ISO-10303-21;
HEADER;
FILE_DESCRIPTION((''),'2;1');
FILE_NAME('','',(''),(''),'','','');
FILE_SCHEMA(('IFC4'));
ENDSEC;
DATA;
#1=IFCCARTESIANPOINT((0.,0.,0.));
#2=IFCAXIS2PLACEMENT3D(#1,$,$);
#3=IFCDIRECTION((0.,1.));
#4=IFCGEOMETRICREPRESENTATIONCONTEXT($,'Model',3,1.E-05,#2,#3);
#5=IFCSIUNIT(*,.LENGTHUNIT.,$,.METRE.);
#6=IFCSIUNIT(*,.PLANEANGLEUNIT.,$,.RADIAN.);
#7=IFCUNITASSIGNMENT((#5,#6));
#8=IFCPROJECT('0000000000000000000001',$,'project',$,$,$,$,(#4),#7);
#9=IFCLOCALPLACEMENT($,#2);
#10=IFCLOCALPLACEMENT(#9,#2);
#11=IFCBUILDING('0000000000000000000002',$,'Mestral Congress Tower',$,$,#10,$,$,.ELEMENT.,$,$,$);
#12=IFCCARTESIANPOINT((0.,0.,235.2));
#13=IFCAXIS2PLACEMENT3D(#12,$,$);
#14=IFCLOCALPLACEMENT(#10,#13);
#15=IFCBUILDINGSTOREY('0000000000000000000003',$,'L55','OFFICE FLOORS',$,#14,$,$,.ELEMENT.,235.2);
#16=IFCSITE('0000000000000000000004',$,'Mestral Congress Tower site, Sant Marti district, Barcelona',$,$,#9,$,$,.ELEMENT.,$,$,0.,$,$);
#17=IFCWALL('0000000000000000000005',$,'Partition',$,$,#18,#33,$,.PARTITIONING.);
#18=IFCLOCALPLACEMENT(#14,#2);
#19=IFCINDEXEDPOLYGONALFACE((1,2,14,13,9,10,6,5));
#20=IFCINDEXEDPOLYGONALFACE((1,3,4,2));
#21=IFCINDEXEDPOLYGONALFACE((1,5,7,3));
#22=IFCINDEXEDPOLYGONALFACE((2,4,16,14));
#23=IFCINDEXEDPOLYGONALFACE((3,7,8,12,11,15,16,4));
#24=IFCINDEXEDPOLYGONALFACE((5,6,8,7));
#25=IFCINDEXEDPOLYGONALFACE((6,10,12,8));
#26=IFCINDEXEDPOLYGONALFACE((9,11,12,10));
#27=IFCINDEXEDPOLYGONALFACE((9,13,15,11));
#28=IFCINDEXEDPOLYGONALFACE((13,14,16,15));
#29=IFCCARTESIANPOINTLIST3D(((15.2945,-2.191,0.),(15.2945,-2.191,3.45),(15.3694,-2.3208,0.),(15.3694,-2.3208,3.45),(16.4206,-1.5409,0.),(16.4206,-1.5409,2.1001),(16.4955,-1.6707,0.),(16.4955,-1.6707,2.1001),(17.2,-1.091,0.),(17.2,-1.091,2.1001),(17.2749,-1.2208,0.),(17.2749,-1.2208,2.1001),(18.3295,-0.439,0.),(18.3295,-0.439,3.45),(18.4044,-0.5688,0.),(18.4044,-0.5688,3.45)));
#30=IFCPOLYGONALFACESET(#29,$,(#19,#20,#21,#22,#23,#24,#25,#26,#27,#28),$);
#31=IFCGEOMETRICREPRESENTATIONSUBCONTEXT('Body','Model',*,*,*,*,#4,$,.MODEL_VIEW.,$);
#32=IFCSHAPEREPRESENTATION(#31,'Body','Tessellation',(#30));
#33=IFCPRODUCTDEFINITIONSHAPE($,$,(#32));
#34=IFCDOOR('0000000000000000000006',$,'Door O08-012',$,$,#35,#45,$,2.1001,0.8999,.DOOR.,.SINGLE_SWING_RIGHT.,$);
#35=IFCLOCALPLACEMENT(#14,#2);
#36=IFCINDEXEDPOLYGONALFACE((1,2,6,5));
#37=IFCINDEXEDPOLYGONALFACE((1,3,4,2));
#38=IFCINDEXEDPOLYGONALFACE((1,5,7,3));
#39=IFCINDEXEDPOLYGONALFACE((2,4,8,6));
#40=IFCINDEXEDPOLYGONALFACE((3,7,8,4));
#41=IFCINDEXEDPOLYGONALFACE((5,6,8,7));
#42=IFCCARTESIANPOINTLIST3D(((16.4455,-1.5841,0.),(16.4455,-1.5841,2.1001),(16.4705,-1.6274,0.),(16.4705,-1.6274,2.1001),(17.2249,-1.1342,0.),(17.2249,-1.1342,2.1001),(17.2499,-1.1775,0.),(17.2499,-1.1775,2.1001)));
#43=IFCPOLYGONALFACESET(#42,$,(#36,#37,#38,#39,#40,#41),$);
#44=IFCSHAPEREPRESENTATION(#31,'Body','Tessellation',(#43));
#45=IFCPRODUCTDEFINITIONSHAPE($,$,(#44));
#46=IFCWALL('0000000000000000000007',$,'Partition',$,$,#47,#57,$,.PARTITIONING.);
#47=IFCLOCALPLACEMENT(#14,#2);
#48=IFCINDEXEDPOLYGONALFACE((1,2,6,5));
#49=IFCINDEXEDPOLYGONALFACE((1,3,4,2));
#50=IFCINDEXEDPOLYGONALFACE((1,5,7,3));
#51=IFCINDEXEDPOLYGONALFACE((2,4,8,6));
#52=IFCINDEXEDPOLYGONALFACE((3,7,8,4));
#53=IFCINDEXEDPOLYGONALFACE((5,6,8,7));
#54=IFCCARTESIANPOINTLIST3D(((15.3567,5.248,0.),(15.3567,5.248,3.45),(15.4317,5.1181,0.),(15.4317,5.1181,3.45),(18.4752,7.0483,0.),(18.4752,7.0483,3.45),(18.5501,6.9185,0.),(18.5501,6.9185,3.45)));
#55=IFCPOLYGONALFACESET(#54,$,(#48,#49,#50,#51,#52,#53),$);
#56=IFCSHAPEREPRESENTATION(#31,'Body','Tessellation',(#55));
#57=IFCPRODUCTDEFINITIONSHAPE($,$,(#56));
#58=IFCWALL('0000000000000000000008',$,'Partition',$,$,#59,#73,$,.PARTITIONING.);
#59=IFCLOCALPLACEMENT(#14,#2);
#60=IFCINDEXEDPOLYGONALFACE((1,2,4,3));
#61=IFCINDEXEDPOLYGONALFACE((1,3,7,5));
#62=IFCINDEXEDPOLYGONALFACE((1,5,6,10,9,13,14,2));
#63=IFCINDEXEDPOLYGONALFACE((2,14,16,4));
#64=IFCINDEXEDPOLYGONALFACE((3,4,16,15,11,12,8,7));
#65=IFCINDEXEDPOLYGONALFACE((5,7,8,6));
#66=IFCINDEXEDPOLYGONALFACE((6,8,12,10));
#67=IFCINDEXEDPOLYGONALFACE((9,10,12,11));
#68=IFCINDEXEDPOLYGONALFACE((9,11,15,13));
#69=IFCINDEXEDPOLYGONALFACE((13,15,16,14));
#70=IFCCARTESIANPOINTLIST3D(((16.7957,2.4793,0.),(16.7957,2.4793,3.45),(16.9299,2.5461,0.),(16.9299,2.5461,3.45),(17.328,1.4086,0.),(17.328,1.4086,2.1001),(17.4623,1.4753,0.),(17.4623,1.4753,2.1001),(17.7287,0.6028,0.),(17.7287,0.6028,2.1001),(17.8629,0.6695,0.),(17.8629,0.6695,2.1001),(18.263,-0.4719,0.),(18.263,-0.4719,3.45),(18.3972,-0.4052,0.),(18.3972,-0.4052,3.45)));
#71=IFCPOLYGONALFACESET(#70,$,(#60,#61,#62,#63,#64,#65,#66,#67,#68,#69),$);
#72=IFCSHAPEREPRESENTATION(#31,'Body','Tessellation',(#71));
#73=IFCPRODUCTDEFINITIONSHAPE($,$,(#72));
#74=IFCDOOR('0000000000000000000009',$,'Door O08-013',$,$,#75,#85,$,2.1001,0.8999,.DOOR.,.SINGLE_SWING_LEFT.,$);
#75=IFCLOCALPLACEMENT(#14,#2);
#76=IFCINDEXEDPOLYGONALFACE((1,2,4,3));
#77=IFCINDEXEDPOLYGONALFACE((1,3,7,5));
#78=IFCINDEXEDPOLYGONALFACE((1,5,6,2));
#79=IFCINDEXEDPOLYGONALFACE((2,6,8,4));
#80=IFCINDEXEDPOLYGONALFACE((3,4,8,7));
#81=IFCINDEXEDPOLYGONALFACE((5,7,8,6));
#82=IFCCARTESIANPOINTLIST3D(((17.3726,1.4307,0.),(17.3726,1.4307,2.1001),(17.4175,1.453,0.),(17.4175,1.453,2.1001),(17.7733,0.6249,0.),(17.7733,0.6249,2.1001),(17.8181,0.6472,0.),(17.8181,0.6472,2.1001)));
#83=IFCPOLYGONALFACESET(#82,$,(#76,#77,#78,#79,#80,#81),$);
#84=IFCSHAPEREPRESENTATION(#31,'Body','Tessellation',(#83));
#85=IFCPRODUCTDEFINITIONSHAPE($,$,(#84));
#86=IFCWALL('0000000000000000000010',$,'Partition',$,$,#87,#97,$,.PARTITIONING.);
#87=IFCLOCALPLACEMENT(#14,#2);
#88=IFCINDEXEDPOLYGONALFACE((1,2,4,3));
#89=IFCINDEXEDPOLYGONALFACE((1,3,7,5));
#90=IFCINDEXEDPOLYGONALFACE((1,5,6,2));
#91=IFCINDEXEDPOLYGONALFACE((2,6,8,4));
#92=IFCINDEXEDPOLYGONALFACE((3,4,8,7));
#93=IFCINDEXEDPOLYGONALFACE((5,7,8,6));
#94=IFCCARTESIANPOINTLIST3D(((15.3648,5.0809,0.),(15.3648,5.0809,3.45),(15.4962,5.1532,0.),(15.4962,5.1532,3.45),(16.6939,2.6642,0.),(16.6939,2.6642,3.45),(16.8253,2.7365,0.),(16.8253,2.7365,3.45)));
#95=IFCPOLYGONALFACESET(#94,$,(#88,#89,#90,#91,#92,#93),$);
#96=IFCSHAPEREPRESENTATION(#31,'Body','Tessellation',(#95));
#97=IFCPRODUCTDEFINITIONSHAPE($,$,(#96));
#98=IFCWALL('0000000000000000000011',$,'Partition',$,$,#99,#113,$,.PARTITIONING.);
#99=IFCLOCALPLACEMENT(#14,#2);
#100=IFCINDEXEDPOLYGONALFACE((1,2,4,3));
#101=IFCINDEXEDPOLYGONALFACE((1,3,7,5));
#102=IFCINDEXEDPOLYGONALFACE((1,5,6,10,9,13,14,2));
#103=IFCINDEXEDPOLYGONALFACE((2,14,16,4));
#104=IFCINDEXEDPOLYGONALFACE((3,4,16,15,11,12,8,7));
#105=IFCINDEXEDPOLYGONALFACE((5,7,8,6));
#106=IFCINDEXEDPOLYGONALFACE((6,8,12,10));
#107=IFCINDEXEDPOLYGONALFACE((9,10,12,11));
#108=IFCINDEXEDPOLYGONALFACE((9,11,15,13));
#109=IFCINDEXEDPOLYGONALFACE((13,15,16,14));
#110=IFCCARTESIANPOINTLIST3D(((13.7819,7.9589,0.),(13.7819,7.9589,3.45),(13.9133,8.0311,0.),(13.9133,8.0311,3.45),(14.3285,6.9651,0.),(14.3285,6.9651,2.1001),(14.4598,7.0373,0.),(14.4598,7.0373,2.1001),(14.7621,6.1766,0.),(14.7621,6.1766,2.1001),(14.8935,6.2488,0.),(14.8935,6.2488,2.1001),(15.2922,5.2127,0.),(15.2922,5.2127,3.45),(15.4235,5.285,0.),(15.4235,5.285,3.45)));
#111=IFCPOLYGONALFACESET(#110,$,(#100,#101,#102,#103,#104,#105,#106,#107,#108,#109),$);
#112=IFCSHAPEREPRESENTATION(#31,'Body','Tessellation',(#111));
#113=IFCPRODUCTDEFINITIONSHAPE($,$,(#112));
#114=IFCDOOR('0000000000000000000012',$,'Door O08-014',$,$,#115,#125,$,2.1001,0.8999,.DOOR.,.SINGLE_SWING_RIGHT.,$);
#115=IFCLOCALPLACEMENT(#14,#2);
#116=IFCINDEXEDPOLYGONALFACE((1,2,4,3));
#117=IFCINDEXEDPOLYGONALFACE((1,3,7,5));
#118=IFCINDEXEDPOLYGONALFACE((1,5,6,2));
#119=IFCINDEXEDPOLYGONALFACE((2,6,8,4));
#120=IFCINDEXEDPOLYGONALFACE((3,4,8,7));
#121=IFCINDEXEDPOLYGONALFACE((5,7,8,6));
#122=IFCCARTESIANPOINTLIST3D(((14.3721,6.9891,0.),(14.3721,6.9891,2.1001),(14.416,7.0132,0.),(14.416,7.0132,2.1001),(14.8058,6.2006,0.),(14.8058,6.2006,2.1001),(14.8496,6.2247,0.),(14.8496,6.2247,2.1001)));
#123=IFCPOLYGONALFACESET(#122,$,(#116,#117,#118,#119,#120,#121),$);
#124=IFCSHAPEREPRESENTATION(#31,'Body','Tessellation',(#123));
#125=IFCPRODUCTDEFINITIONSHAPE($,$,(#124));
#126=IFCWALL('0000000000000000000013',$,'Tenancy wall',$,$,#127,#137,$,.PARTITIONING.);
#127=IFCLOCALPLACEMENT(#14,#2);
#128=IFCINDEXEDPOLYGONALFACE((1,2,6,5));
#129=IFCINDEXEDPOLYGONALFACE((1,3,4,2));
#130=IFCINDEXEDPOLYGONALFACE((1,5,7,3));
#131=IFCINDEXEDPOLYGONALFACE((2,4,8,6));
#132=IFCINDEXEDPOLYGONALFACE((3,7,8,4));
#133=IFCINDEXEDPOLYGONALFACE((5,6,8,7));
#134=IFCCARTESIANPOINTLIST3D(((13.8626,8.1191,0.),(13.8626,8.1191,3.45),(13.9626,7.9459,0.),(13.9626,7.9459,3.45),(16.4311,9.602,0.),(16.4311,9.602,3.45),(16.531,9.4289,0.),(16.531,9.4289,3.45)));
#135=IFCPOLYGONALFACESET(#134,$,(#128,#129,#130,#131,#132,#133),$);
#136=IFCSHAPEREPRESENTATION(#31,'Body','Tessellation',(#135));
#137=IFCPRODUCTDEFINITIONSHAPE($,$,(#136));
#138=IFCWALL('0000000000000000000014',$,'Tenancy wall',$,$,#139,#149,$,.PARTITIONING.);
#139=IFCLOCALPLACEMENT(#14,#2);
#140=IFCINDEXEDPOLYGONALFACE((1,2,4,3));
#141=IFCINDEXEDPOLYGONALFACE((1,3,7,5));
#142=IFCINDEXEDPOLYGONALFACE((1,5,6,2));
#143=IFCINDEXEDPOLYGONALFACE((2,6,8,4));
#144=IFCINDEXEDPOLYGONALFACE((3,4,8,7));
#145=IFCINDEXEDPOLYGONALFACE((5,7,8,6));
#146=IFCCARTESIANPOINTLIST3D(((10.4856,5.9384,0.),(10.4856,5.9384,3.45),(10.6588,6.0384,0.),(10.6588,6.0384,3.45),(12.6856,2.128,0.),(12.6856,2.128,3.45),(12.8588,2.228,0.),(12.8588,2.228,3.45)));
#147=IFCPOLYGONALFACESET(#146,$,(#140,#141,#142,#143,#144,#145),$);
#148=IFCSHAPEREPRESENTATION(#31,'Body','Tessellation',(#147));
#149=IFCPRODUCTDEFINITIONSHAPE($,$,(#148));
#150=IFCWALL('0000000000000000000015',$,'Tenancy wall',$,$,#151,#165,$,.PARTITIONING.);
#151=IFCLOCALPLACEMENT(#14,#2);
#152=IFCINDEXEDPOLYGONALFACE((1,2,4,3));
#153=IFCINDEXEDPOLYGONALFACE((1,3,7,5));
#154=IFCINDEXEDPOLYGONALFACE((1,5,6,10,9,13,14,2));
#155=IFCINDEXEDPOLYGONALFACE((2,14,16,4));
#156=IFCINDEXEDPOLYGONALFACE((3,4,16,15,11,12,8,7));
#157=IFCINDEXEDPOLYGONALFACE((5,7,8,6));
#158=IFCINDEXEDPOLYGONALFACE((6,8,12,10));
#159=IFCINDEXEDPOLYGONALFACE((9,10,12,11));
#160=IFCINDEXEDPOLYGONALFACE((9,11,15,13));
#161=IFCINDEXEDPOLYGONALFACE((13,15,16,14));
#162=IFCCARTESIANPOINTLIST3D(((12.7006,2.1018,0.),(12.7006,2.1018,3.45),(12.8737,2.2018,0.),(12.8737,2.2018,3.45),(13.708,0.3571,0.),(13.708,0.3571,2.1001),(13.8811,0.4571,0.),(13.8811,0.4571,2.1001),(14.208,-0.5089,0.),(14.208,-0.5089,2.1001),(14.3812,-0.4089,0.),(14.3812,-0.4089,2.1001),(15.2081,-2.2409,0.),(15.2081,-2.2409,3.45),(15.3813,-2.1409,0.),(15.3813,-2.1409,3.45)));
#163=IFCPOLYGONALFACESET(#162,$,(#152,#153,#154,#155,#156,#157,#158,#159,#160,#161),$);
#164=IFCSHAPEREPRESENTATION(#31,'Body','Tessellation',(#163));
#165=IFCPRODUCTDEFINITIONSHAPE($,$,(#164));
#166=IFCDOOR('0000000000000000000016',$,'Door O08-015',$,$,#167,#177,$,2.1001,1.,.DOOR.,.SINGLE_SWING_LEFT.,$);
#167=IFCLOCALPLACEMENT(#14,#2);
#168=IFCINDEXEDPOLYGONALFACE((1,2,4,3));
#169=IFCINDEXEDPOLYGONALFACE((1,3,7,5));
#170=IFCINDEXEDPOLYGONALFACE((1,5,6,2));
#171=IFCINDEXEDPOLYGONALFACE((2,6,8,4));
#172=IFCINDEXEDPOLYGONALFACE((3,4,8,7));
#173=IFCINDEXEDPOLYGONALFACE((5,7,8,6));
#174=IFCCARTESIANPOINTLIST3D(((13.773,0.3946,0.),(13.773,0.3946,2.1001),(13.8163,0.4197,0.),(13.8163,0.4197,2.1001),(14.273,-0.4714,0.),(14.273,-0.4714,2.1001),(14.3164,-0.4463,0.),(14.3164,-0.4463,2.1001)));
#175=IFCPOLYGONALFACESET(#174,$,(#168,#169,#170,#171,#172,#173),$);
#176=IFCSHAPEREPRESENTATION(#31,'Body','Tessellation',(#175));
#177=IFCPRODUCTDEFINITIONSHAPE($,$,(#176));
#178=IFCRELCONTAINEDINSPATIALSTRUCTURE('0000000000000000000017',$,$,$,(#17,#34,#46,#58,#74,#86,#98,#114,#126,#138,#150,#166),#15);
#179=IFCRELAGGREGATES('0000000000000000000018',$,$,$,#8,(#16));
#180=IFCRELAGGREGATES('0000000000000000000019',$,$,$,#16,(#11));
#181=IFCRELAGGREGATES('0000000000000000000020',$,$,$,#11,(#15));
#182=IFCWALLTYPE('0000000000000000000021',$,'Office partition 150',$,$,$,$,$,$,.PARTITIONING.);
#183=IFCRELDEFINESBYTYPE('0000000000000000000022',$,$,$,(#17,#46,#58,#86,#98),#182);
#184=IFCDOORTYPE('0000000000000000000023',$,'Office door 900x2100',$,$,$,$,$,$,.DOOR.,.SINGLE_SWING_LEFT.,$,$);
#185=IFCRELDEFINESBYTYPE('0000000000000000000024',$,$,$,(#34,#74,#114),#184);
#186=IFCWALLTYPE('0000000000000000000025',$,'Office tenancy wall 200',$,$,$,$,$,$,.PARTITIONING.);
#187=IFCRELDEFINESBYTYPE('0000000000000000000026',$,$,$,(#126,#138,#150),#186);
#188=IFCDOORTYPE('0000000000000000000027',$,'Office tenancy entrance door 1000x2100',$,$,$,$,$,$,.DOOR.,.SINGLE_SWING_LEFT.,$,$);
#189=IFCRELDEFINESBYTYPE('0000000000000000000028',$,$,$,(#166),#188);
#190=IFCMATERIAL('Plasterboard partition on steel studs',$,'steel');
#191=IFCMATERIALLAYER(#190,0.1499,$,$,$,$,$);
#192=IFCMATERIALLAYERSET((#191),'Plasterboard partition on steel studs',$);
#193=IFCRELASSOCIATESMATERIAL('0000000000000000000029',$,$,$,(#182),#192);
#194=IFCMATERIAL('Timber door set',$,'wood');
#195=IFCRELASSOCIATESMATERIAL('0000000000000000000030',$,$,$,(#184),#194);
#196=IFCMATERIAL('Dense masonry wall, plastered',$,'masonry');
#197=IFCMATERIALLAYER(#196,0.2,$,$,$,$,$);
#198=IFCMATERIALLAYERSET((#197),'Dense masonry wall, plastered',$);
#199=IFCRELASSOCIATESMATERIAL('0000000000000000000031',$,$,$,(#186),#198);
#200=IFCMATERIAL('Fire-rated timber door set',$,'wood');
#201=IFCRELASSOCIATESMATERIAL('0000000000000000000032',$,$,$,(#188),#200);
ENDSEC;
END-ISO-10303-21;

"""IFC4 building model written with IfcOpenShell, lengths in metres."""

from ifc_helpers import new_model, si_unit, direction, frame, frame_2d, origin, place, context, subcontext, project, spatial, rectangle, extrude, material, layer, layer_set, type_object, element, fill, save


model = new_model("IFC4")

# Units and contexts
model_context = context("Model", 3, precision=1e-05, world=origin(), true_north=direction((0.0, 1.0)))
body_context = subcontext(model_context, "Body", "Model", "MODEL_VIEW")
ifc_project = project(units=[si_unit("LENGTHUNIT", "METRE"), si_unit("PLANEANGLEUNIT", "RADIAN")], contexts=[model_context])

# Site, building, storey
site_placement = place(None, origin())
site = spatial("IfcSite", under=ifc_project, at=site_placement, Name="Mestral Congress Tower site, Sant Marti district, Barcelona", CompositionType="ELEMENT", RefElevation=0.0)
building_placement = place(site_placement, origin())
building = spatial("IfcBuilding", under=site, at=building_placement, Name="Mestral Congress Tower", CompositionType="ELEMENT")
storey_placement = place(building_placement, frame((0.0, 0.0, 235.2)))
storey = spatial("IfcBuildingStorey", under=building, at=storey_placement, Name="L55", Description="OFFICE FLOORS", CompositionType="ELEMENT", Elevation=235.2)

# Shared definitions
ifc_material_1 = material(Name="Plasterboard partition on steel studs", Category="steel")
ifc_layer_1 = layer(ifc_material_1, 0.1499)
ifc_layer_set_1 = layer_set([ifc_layer_1], Name="Plasterboard partition on steel studs")
wall_type_1 = type_object("IfcWallType", Name="Office partition 150", PredefinedType="PARTITIONING", material=ifc_layer_set_1)

# Wall, opening, door
wall_1_placement = place(storey_placement, frame((18.3669, -0.5039, 0.0), z_axis=(0.0, 0.0, 1.0), x_axis=(-0.866057, -0.499946, 0.0)))
wall_1 = element("IfcWall", 1, at=wall_1_placement, inside=storey, type_object=wall_type_1, Name="Partition", PredefinedType="PARTITIONING", context=body_context, shape_type="SweptSolid", body=[
    extrude(rectangle(XDim=3.5044, YDim=0.1499, at=frame_2d((1.7522, 0.0))), origin(), (0.0, 0.0, 1.0), 3.45),
])
opening_1_placement = place(wall_1_placement, frame((1.3042, 0.0, 0.0)))
opening_1 = element("IfcOpeningElement", 2, at=opening_1_placement, cuts=wall_1, PredefinedType="OPENING", context=body_context, shape_type="SweptSolid", body=[
    extrude(rectangle(XDim=0.8999, YDim=2.1001, at=frame_2d((0.45, 1.05))), frame((0.0, 0.085, 0.0), z_axis=(0.0, -1.0, 0.0), x_axis=(1.0, 0.0, 0.0)), (0.0, 0.0, 1.0), 0.1699),
])
ifc_material_2 = material(Name="Timber door set", Category="wood")
door_type_1 = type_object("IfcDoorType", Name="Office door 900x2100", OperationType="SINGLE_SWING_LEFT", PredefinedType="DOOR", material=ifc_material_2)
door_1_placement = place(opening_1_placement, origin())
door_1 = element("IfcDoor", 3, at=door_1_placement, inside=storey, type_object=door_type_1, Name="Door O08-012", OperationType="SINGLE_SWING_RIGHT", OverallHeight=2.1001, OverallWidth=0.8999, PredefinedType="DOOR", context=body_context, shape_type="SweptSolid", body=[
    extrude(rectangle(XDim=0.8999, YDim=2.1001, at=frame_2d((0.45, 1.05))), frame((0.0, 0.0249, 0.0), z_axis=(0.0, -1.0, 0.0), x_axis=(1.0, 0.0, 0.0)), (0.0, 0.0, 1.0), 0.05),
])
fill(opening_1, door_1)

# Wall
wall_2_placement = place(storey_placement, frame((15.3943, 5.1831, 0.0), z_axis=(0.0, 0.0, 1.0), x_axis=(0.86604, 0.499975, 0.0)))
element("IfcWall", 4, at=wall_2_placement, inside=storey, type_object=wall_type_1, Name="Partition", PredefinedType="PARTITIONING", context=body_context, shape_type="SweptSolid", body=[
    extrude(rectangle(XDim=3.6008, YDim=0.1499, at=frame_2d((1.8003, 0.0))), origin(), (0.0, 0.0, 1.0), 3.45),
])

# Wall, opening, door
wall_3_placement = place(storey_placement, frame((16.8628, 2.5127, 0.0), z_axis=(0.0, 0.0, 1.0), x_axis=(0.445198, -0.895432, 0.0)))
wall_3 = element("IfcWall", 5, at=wall_3_placement, inside=storey, type_object=wall_type_1, Name="Partition", PredefinedType="PARTITIONING", context=body_context, shape_type="SweptSolid", body=[
    extrude(rectangle(XDim=3.2959, YDim=0.1499, at=frame_2d((1.6479, 0.0))), origin(), (0.0, 0.0, 1.0), 3.45),
])
opening_2_placement = place(wall_3_placement, frame((1.1958, 0.0, 0.0)))
opening_2 = element("IfcOpeningElement", 6, at=opening_2_placement, cuts=wall_3, PredefinedType="OPENING", context=body_context, shape_type="SweptSolid", body=[
    extrude(rectangle(XDim=0.8999, YDim=2.1001, at=frame_2d((0.45, 1.05))), frame((0.0, 0.085, 0.0), z_axis=(0.0, -1.0, 0.0), x_axis=(1.0, 0.0, 0.0)), (0.0, 0.0, 1.0), 0.1699),
])
door_2_placement = place(opening_2_placement, origin())
door_2 = element("IfcDoor", 7, at=door_2_placement, inside=storey, type_object=door_type_1, Name="Door O08-013", OperationType="SINGLE_SWING_LEFT", OverallHeight=2.1001, OverallWidth=0.8999, PredefinedType="DOOR", context=body_context, shape_type="SweptSolid", body=[
    extrude(rectangle(XDim=0.8999, YDim=2.1001, at=frame_2d((0.45, 1.05))), frame((0.0, 0.0249, 0.0), z_axis=(0.0, -1.0, 0.0), x_axis=(1.0, 0.0, 0.0)), (0.0, 0.0, 1.0), 0.05),
])
fill(opening_2, door_2)

# Wall
wall_4_placement = place(storey_placement, frame((16.7595, 2.7004, 0.0), z_axis=(0.0, 0.0, 1.0), x_axis=(-0.481888, 0.876233, 0.0)))
element("IfcWall", 8, at=wall_4_placement, inside=storey, type_object=wall_type_1, Name="Partition", PredefinedType="PARTITIONING", context=body_context, shape_type="SweptSolid", body=[
    extrude(rectangle(XDim=2.7581, YDim=0.1499, at=frame_2d((1.3789, 0.0))), origin(), (0.0, 0.0, 1.0), 3.45),
])

# Wall, opening, door
wall_5_placement = place(storey_placement, frame((13.8477, 7.9949, 0.0), z_axis=(0.0, 0.0, 1.0), x_axis=(0.481895, -0.876229, 0.0)))
wall_5 = element("IfcWall", 9, at=wall_5_placement, inside=storey, type_object=wall_type_1, Name="Partition", PredefinedType="PARTITIONING", context=body_context, shape_type="SweptSolid", body=[
    extrude(rectangle(XDim=3.134, YDim=0.1499, at=frame_2d((1.5669, 0.0))), origin(), (0.0, 0.0, 1.0), 3.45),
])
opening_3_placement = place(wall_5_placement, frame((1.134, 0.0, 0.0)))
opening_3 = element("IfcOpeningElement", 10, at=opening_3_placement, cuts=wall_5, PredefinedType="OPENING", context=body_context, shape_type="SweptSolid", body=[
    extrude(rectangle(XDim=0.8999, YDim=2.1001, at=frame_2d((0.45, 1.05))), frame((0.0, 0.085, 0.0), z_axis=(0.0, -1.0, 0.0), x_axis=(1.0, 0.0, 0.0)), (0.0, 0.0, 1.0), 0.1699),
])
door_3_placement = place(opening_3_placement, origin())
door_3 = element("IfcDoor", 11, at=door_3_placement, inside=storey, type_object=door_type_1, Name="Door O08-014", OperationType="SINGLE_SWING_RIGHT", OverallHeight=2.1001, OverallWidth=0.8999, PredefinedType="DOOR", context=body_context, shape_type="SweptSolid", body=[
    extrude(rectangle(XDim=0.8999, YDim=2.1001, at=frame_2d((0.45, 1.05))), frame((0.0, 0.0249, 0.0), z_axis=(0.0, -1.0, 0.0), x_axis=(1.0, 0.0, 0.0)), (0.0, 0.0, 1.0), 0.05),
])
fill(opening_3, door_3)

# Walls
ifc_material_3 = material(Name="Dense masonry wall, plastered", Category="masonry")
ifc_layer_2 = layer(ifc_material_3, 0.2)
ifc_layer_set_2 = layer_set([ifc_layer_2], Name="Dense masonry wall, plastered")
wall_type_2 = type_object("IfcWallType", Name="Office tenancy wall 200", PredefinedType="PARTITIONING", material=ifc_layer_set_2)
wall_6_placement = place(storey_placement, frame((13.9126, 8.0325, 0.0), z_axis=(0.0, 0.0, 1.0), x_axis=(0.866016, 0.500017, 0.0)))
element("IfcWall", 12, at=wall_6_placement, inside=storey, type_object=wall_type_2, Name="Tenancy wall", PredefinedType="PARTITIONING", context=body_context, shape_type="SweptSolid", body=[
    extrude(rectangle(XDim=2.9658, YDim=0.2, at=frame_2d((1.4829, 0.0))), origin(), (0.0, 0.0, 1.0), 3.45),
])
wall_7_placement = place(storey_placement, frame((12.7722, 2.178, 0.0), z_axis=(0.0, 0.0, 1.0), x_axis=(-0.500012, 0.866018, 0.0)))
element("IfcWall", 13, at=wall_7_placement, inside=storey, type_object=wall_type_2, Name="Tenancy wall", PredefinedType="PARTITIONING", context=body_context, shape_type="SweptSolid", body=[
    extrude(rectangle(XDim=4.3999, YDim=0.2, at=frame_2d((2.2, 0.0))), origin(), (0.0, 0.0, 1.0), 3.45),
])

# Wall, opening, door
wall_8_placement = place(storey_placement, frame((15.2947, -2.1909, 0.0), z_axis=(0.0, 0.0, 1.0), x_axis=(-0.50004, 0.866002, 0.0)))
wall_8 = element("IfcWall", 14, at=wall_8_placement, inside=storey, type_object=wall_type_2, Name="Tenancy wall", PredefinedType="PARTITIONING", context=body_context, shape_type="SweptSolid", body=[
    extrude(rectangle(XDim=5.0146, YDim=0.2, at=frame_2d((2.5073, 0.0))), origin(), (0.0, 0.0, 1.0), 3.45),
])
opening_4_placement = place(wall_8_placement, frame((2.0, 0.0, 0.0)))
opening_4 = element("IfcOpeningElement", 15, at=opening_4_placement, cuts=wall_8, PredefinedType="OPENING", context=body_context, shape_type="SweptSolid", body=[
    extrude(rectangle(XDim=1.0, YDim=2.1001, at=frame_2d((0.5, 1.05))), frame((0.0, 0.1099, 0.0), z_axis=(0.0, -1.0, 0.0), x_axis=(1.0, 0.0, 0.0)), (0.0, 0.0, 1.0), 0.22),
])
ifc_material_4 = material(Name="Fire-rated timber door set", Category="wood")
door_type_2 = type_object("IfcDoorType", Name="Office tenancy entrance door 1000x2100", OperationType="SINGLE_SWING_LEFT", PredefinedType="DOOR", material=ifc_material_4)
door_4_placement = place(opening_4_placement, origin())
door_4 = element("IfcDoor", 16, at=door_4_placement, inside=storey, type_object=door_type_2, Name="Door O08-015", OperationType="SINGLE_SWING_LEFT", OverallHeight=2.1001, OverallWidth=1.0, PredefinedType="DOOR", context=body_context, shape_type="SweptSolid", body=[
    extrude(rectangle(XDim=1.0, YDim=2.1001, at=frame_2d((0.5, 1.05))), frame((0.0, 0.0249, 0.0), z_axis=(0.0, -1.0, 0.0), x_axis=(1.0, 0.0, 0.0)), (0.0, 0.0, 1.0), 0.05),
])
fill(opening_4, door_4)

save(model, "model.ifc")
